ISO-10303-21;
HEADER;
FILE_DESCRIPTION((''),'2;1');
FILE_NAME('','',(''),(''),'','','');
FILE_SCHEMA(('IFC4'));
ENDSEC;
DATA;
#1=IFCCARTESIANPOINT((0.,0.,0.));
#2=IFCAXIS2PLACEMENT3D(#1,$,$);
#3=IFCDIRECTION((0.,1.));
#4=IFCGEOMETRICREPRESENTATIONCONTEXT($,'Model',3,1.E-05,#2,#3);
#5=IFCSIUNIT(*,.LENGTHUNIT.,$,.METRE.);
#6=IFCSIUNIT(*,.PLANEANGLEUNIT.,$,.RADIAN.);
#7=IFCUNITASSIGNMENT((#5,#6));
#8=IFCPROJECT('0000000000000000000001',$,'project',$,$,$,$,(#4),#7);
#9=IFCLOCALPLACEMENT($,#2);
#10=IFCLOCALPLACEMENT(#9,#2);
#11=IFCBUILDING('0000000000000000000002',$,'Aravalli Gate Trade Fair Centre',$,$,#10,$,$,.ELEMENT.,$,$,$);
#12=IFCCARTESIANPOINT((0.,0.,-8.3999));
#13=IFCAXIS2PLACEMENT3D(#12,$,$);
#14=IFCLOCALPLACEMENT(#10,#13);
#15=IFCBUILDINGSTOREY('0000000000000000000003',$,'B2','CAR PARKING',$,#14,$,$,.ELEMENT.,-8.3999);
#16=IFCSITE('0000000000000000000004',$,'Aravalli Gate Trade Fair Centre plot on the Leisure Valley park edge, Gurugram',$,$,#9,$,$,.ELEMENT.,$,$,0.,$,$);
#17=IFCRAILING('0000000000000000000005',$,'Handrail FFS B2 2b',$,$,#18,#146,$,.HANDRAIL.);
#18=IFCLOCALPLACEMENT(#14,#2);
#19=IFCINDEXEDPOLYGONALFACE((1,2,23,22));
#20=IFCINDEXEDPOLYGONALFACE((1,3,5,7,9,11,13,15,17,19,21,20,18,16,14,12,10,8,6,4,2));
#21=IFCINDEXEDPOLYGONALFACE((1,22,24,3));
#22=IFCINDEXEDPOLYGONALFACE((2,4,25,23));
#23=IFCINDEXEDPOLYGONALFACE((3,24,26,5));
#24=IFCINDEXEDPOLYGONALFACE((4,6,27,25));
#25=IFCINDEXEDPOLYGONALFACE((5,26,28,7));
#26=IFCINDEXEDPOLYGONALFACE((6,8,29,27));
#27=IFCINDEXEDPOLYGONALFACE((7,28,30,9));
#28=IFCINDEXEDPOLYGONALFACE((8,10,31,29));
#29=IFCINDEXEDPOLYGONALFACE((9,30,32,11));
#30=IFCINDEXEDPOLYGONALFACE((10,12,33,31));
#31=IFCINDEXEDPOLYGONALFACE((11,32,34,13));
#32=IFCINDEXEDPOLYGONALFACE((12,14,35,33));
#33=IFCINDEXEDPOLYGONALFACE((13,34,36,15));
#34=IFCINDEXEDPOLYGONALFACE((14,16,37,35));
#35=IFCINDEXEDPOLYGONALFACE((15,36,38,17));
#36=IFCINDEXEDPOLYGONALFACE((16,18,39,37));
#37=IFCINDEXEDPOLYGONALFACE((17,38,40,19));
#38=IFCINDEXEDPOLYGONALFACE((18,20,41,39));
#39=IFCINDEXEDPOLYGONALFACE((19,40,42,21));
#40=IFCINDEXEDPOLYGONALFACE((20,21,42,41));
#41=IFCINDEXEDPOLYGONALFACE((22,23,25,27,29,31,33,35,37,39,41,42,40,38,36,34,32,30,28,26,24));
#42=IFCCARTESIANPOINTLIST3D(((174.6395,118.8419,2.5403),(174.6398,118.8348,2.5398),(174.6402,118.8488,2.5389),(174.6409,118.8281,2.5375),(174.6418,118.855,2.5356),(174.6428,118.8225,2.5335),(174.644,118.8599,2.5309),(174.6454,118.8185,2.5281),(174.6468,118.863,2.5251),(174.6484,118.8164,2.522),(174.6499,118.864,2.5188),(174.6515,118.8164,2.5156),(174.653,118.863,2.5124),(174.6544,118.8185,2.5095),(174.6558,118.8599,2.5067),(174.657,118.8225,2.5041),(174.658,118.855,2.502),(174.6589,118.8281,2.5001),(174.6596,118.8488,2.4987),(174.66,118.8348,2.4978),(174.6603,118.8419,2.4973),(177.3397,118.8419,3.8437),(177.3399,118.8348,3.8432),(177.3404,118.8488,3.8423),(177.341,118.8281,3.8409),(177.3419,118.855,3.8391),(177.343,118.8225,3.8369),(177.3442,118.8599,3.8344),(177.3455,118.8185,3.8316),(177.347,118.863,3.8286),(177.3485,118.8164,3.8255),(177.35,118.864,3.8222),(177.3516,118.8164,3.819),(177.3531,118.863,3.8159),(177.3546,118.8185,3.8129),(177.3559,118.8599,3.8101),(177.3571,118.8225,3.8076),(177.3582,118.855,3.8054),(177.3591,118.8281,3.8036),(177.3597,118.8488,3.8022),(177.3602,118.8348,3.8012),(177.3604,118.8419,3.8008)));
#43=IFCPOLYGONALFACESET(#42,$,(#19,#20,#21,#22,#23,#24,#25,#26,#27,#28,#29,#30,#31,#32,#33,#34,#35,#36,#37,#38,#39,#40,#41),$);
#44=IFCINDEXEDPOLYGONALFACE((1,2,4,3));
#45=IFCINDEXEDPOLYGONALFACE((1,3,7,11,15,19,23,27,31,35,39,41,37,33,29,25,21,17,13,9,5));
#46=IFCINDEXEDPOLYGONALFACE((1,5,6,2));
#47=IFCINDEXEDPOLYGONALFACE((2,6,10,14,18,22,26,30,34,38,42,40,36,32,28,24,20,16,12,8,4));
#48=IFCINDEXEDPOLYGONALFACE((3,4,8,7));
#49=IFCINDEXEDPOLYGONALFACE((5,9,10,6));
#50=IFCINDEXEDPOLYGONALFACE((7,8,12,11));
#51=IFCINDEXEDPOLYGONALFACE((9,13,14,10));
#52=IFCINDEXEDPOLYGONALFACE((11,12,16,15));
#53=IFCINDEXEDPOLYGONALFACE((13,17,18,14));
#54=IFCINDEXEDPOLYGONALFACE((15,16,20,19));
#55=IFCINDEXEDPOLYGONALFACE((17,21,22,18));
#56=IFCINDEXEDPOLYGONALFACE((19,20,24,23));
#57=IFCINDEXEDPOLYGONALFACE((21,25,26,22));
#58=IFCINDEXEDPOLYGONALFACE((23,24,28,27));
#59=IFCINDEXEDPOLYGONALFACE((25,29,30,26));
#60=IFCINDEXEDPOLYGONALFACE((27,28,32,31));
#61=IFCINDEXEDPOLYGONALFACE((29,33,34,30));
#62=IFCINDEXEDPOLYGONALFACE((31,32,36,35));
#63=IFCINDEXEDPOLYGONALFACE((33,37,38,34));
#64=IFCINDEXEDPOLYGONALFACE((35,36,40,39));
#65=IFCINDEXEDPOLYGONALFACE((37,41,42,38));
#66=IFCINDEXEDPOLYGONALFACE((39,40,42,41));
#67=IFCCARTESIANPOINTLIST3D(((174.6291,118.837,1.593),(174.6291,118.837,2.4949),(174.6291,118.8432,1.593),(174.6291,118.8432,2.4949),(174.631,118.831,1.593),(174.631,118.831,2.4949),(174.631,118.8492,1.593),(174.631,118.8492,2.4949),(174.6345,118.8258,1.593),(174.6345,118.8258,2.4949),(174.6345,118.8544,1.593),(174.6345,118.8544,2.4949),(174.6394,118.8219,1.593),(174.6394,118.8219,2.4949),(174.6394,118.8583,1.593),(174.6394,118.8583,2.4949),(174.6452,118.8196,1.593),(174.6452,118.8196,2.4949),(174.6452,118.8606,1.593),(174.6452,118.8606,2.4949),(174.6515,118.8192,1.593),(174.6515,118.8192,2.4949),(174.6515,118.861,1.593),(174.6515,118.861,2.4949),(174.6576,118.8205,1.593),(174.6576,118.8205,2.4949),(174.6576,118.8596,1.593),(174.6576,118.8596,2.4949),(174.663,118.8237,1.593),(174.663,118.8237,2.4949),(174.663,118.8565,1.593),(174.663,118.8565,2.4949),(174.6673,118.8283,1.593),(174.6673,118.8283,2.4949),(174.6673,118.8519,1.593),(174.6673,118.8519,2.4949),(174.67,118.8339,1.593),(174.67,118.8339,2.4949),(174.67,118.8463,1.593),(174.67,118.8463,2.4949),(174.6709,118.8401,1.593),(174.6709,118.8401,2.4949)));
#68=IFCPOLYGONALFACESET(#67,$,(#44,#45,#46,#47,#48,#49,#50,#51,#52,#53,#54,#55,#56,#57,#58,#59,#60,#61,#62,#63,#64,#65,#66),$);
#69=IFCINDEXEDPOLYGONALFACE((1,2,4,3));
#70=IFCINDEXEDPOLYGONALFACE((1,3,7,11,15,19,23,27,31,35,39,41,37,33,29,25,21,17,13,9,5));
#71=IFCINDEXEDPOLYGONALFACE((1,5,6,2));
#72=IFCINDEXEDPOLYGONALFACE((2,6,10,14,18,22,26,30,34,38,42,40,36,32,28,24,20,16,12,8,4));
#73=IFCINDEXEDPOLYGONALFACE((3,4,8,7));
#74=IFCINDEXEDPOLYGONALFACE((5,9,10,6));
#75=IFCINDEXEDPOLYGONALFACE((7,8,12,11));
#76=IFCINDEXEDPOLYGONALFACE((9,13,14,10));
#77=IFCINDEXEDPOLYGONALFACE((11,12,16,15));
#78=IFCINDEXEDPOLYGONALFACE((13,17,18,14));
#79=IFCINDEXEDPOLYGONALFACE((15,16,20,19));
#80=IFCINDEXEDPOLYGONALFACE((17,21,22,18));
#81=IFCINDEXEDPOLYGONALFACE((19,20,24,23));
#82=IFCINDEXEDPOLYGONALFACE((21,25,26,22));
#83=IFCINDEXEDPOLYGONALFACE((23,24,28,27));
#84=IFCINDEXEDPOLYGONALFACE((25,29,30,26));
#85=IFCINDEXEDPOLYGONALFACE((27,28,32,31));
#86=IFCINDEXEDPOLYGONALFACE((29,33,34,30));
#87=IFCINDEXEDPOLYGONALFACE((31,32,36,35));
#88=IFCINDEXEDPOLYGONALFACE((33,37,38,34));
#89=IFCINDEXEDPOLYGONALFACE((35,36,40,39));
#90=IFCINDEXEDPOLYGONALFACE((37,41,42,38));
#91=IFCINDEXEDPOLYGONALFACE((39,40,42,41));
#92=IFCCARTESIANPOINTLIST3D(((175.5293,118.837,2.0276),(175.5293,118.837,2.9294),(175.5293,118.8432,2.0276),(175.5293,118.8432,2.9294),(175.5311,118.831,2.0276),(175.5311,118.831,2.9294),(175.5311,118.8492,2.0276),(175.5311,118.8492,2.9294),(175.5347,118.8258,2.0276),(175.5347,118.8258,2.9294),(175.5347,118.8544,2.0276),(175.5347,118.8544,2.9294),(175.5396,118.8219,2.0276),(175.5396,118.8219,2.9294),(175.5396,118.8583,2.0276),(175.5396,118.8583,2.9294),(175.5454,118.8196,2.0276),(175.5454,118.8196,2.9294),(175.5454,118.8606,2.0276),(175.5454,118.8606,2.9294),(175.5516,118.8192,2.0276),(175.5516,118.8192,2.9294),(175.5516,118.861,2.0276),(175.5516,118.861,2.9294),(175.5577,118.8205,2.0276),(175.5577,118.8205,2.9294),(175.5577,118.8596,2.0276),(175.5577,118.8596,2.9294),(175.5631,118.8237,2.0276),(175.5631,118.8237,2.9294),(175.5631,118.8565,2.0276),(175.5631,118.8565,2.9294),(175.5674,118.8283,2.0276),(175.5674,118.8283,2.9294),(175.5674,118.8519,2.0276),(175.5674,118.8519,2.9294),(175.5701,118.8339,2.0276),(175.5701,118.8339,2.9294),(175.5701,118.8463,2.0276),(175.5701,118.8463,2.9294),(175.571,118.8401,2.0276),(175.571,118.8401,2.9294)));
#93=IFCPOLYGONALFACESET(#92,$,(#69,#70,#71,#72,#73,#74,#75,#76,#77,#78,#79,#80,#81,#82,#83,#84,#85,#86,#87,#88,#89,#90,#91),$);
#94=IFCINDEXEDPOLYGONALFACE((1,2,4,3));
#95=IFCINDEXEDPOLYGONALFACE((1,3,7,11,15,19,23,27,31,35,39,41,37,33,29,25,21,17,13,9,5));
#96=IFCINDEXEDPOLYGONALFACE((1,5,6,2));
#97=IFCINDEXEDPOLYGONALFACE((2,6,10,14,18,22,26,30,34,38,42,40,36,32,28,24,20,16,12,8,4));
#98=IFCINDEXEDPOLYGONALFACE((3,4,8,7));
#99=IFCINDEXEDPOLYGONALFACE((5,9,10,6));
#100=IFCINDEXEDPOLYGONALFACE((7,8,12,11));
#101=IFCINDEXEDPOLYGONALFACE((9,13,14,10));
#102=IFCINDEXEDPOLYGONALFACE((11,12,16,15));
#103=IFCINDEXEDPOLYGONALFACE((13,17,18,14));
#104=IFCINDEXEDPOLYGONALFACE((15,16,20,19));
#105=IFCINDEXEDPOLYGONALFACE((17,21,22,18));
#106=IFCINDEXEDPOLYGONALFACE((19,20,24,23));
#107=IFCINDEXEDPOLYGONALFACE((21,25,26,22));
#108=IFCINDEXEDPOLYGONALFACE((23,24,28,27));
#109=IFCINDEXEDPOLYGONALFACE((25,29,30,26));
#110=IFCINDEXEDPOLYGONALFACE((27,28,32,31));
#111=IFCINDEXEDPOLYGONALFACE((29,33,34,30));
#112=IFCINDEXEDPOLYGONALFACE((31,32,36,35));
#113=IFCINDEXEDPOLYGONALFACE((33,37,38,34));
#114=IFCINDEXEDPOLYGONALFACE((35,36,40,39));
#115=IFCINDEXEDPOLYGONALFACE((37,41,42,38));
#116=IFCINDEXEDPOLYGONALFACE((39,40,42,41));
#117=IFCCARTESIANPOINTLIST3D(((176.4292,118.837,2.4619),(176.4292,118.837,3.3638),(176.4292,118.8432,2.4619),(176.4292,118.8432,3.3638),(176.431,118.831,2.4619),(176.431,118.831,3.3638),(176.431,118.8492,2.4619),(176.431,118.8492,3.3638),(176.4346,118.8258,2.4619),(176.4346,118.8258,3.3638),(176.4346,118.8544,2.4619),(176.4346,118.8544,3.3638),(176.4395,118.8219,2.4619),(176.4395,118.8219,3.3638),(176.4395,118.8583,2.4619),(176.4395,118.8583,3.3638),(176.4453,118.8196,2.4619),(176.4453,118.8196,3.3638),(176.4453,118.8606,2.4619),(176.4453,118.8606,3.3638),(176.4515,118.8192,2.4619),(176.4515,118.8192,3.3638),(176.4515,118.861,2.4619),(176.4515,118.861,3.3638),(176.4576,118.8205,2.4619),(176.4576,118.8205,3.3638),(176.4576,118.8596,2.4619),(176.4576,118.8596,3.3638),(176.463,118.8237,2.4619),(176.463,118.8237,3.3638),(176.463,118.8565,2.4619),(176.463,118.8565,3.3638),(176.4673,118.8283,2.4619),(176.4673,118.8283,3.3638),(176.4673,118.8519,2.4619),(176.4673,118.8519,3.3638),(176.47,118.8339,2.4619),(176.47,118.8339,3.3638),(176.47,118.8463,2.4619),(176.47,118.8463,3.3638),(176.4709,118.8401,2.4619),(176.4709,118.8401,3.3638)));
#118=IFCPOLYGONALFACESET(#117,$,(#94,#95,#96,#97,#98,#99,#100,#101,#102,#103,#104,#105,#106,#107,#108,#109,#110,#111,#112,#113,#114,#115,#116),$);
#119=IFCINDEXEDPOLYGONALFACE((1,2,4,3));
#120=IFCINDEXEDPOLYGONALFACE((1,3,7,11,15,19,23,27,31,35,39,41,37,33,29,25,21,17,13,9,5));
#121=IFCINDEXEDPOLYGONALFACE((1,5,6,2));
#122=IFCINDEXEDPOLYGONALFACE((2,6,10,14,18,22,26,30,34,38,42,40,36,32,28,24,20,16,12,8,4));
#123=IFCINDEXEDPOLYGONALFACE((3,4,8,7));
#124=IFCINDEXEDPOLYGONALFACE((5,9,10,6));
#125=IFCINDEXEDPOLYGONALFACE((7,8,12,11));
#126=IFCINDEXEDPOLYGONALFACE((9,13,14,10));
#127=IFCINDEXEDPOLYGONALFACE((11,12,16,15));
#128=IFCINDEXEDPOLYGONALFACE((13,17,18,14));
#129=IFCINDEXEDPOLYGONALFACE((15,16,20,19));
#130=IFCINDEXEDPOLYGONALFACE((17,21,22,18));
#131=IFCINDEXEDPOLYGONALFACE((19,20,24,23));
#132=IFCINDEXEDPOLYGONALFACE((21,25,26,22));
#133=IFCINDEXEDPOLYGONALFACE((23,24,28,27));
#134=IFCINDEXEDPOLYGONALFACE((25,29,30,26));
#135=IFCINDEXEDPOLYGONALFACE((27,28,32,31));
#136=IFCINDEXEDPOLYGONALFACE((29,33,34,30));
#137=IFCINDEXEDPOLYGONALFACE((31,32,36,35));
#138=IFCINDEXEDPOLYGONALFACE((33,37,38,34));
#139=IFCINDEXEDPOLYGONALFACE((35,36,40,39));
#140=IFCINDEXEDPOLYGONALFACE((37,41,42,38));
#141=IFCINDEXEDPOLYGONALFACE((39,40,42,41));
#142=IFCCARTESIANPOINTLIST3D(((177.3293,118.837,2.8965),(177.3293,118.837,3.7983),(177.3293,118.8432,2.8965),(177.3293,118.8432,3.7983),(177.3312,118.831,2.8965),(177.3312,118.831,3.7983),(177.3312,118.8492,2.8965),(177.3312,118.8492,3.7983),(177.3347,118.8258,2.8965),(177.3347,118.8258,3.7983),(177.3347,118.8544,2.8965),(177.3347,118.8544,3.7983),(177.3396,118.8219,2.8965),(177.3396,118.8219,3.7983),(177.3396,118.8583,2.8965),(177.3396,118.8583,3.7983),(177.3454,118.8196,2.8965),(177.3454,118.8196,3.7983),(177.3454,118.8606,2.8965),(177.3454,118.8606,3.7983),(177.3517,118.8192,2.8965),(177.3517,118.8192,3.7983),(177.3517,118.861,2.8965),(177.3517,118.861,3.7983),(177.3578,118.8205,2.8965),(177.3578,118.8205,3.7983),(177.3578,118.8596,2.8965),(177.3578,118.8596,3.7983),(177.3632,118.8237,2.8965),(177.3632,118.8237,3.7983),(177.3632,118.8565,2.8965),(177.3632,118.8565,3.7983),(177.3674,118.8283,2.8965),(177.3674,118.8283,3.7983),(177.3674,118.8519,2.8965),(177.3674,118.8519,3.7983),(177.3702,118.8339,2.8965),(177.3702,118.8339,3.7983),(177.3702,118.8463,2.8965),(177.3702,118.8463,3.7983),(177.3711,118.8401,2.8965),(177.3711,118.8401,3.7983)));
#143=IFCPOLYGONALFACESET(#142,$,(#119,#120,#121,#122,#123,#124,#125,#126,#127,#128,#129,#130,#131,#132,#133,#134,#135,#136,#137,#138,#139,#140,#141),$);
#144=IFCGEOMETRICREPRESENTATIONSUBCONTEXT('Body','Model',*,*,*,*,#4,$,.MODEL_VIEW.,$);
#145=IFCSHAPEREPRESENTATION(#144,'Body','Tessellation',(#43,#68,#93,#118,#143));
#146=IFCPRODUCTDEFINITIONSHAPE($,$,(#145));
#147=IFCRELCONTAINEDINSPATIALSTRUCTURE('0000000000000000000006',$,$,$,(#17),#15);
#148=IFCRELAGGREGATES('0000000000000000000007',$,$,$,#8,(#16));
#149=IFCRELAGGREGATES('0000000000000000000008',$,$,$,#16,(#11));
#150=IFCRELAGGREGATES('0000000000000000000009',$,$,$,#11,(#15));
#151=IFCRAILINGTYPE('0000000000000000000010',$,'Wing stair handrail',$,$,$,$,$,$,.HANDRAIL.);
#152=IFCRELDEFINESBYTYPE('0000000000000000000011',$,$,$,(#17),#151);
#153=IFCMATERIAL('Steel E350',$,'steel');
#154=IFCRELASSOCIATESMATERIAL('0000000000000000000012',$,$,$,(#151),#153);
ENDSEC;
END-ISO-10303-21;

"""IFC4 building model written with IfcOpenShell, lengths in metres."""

from ifc_helpers import new_model, si_unit, direction, frame, origin, origin_2d, place, context, subcontext, project, spatial, circle, extrude, material, type_object, element, save


model = new_model("IFC4")

# Units and contexts
model_context = context("Model", 3, precision=1e-05, world=origin(), true_north=direction((0.0, 1.0)))
body_context = subcontext(model_context, "Body", "Model", "MODEL_VIEW")
ifc_project = project(units=[si_unit("LENGTHUNIT", "METRE"), si_unit("PLANEANGLEUNIT", "RADIAN")], contexts=[model_context])

# Site, building, storey
site_placement = place(None, origin())
site = spatial("IfcSite", under=ifc_project, at=site_placement, Name="Aravalli Gate Trade Fair Centre plot on the Leisure Valley park edge, Gurugram", CompositionType="ELEMENT", RefElevation=0.0)
building_placement = place(site_placement, origin())
building = spatial("IfcBuilding", under=site, at=building_placement, Name="Aravalli Gate Trade Fair Centre", CompositionType="ELEMENT")
storey_placement = place(building_placement, frame((0.0, 0.0, -8.3999)))
storey = spatial("IfcBuildingStorey", under=building, at=storey_placement, Name="B2", Description="CAR PARKING", CompositionType="ELEMENT", Elevation=-8.3999)

# Railing
ifc_material_1 = material(Name="Steel E350", Category="steel")
railing_type = type_object("IfcRailingType", Name="Wing stair handrail", PredefinedType="HANDRAIL", material=ifc_material_1)
for number, where, name in (
    (1, (174.6499, 118.8401, 1.593), "Handrail FFS B2 2b"),
):
    element("IfcRailing", number, at=place(storey_placement, frame(where)), inside=storey, type_object=railing_type, Name=name, PredefinedType="HANDRAIL", context=body_context, shape_type="SweptSolid", body=[
        extrude(circle(Radius=0.0239, at=origin_2d()), frame((0.0, 0.0, 0.9258), z_axis=(0.900562, 0.0, 0.434729), x_axis=(0.0, 1.0, 0.0)), (0.0, 0.0, 1.0), 2.9983),
        extrude(circle(Radius=0.021, at=origin_2d()), origin(), (0.0, 0.0, 1.0), 0.9019),
        extrude(circle(Radius=0.021, at=origin_2d()), frame((0.9001, 0.0, 0.4346)), (0.0, 0.0, 1.0), 0.9019),
        extrude(circle(Radius=0.021, at=origin_2d()), frame((1.8, 0.0, 0.8689)), (0.0, 0.0, 1.0), 0.9019),
        extrude(circle(Radius=0.021, at=origin_2d()), frame((2.7002, 0.0, 1.3035)), (0.0, 0.0, 1.0), 0.9019),
    ])

save(model, "model.ifc")
